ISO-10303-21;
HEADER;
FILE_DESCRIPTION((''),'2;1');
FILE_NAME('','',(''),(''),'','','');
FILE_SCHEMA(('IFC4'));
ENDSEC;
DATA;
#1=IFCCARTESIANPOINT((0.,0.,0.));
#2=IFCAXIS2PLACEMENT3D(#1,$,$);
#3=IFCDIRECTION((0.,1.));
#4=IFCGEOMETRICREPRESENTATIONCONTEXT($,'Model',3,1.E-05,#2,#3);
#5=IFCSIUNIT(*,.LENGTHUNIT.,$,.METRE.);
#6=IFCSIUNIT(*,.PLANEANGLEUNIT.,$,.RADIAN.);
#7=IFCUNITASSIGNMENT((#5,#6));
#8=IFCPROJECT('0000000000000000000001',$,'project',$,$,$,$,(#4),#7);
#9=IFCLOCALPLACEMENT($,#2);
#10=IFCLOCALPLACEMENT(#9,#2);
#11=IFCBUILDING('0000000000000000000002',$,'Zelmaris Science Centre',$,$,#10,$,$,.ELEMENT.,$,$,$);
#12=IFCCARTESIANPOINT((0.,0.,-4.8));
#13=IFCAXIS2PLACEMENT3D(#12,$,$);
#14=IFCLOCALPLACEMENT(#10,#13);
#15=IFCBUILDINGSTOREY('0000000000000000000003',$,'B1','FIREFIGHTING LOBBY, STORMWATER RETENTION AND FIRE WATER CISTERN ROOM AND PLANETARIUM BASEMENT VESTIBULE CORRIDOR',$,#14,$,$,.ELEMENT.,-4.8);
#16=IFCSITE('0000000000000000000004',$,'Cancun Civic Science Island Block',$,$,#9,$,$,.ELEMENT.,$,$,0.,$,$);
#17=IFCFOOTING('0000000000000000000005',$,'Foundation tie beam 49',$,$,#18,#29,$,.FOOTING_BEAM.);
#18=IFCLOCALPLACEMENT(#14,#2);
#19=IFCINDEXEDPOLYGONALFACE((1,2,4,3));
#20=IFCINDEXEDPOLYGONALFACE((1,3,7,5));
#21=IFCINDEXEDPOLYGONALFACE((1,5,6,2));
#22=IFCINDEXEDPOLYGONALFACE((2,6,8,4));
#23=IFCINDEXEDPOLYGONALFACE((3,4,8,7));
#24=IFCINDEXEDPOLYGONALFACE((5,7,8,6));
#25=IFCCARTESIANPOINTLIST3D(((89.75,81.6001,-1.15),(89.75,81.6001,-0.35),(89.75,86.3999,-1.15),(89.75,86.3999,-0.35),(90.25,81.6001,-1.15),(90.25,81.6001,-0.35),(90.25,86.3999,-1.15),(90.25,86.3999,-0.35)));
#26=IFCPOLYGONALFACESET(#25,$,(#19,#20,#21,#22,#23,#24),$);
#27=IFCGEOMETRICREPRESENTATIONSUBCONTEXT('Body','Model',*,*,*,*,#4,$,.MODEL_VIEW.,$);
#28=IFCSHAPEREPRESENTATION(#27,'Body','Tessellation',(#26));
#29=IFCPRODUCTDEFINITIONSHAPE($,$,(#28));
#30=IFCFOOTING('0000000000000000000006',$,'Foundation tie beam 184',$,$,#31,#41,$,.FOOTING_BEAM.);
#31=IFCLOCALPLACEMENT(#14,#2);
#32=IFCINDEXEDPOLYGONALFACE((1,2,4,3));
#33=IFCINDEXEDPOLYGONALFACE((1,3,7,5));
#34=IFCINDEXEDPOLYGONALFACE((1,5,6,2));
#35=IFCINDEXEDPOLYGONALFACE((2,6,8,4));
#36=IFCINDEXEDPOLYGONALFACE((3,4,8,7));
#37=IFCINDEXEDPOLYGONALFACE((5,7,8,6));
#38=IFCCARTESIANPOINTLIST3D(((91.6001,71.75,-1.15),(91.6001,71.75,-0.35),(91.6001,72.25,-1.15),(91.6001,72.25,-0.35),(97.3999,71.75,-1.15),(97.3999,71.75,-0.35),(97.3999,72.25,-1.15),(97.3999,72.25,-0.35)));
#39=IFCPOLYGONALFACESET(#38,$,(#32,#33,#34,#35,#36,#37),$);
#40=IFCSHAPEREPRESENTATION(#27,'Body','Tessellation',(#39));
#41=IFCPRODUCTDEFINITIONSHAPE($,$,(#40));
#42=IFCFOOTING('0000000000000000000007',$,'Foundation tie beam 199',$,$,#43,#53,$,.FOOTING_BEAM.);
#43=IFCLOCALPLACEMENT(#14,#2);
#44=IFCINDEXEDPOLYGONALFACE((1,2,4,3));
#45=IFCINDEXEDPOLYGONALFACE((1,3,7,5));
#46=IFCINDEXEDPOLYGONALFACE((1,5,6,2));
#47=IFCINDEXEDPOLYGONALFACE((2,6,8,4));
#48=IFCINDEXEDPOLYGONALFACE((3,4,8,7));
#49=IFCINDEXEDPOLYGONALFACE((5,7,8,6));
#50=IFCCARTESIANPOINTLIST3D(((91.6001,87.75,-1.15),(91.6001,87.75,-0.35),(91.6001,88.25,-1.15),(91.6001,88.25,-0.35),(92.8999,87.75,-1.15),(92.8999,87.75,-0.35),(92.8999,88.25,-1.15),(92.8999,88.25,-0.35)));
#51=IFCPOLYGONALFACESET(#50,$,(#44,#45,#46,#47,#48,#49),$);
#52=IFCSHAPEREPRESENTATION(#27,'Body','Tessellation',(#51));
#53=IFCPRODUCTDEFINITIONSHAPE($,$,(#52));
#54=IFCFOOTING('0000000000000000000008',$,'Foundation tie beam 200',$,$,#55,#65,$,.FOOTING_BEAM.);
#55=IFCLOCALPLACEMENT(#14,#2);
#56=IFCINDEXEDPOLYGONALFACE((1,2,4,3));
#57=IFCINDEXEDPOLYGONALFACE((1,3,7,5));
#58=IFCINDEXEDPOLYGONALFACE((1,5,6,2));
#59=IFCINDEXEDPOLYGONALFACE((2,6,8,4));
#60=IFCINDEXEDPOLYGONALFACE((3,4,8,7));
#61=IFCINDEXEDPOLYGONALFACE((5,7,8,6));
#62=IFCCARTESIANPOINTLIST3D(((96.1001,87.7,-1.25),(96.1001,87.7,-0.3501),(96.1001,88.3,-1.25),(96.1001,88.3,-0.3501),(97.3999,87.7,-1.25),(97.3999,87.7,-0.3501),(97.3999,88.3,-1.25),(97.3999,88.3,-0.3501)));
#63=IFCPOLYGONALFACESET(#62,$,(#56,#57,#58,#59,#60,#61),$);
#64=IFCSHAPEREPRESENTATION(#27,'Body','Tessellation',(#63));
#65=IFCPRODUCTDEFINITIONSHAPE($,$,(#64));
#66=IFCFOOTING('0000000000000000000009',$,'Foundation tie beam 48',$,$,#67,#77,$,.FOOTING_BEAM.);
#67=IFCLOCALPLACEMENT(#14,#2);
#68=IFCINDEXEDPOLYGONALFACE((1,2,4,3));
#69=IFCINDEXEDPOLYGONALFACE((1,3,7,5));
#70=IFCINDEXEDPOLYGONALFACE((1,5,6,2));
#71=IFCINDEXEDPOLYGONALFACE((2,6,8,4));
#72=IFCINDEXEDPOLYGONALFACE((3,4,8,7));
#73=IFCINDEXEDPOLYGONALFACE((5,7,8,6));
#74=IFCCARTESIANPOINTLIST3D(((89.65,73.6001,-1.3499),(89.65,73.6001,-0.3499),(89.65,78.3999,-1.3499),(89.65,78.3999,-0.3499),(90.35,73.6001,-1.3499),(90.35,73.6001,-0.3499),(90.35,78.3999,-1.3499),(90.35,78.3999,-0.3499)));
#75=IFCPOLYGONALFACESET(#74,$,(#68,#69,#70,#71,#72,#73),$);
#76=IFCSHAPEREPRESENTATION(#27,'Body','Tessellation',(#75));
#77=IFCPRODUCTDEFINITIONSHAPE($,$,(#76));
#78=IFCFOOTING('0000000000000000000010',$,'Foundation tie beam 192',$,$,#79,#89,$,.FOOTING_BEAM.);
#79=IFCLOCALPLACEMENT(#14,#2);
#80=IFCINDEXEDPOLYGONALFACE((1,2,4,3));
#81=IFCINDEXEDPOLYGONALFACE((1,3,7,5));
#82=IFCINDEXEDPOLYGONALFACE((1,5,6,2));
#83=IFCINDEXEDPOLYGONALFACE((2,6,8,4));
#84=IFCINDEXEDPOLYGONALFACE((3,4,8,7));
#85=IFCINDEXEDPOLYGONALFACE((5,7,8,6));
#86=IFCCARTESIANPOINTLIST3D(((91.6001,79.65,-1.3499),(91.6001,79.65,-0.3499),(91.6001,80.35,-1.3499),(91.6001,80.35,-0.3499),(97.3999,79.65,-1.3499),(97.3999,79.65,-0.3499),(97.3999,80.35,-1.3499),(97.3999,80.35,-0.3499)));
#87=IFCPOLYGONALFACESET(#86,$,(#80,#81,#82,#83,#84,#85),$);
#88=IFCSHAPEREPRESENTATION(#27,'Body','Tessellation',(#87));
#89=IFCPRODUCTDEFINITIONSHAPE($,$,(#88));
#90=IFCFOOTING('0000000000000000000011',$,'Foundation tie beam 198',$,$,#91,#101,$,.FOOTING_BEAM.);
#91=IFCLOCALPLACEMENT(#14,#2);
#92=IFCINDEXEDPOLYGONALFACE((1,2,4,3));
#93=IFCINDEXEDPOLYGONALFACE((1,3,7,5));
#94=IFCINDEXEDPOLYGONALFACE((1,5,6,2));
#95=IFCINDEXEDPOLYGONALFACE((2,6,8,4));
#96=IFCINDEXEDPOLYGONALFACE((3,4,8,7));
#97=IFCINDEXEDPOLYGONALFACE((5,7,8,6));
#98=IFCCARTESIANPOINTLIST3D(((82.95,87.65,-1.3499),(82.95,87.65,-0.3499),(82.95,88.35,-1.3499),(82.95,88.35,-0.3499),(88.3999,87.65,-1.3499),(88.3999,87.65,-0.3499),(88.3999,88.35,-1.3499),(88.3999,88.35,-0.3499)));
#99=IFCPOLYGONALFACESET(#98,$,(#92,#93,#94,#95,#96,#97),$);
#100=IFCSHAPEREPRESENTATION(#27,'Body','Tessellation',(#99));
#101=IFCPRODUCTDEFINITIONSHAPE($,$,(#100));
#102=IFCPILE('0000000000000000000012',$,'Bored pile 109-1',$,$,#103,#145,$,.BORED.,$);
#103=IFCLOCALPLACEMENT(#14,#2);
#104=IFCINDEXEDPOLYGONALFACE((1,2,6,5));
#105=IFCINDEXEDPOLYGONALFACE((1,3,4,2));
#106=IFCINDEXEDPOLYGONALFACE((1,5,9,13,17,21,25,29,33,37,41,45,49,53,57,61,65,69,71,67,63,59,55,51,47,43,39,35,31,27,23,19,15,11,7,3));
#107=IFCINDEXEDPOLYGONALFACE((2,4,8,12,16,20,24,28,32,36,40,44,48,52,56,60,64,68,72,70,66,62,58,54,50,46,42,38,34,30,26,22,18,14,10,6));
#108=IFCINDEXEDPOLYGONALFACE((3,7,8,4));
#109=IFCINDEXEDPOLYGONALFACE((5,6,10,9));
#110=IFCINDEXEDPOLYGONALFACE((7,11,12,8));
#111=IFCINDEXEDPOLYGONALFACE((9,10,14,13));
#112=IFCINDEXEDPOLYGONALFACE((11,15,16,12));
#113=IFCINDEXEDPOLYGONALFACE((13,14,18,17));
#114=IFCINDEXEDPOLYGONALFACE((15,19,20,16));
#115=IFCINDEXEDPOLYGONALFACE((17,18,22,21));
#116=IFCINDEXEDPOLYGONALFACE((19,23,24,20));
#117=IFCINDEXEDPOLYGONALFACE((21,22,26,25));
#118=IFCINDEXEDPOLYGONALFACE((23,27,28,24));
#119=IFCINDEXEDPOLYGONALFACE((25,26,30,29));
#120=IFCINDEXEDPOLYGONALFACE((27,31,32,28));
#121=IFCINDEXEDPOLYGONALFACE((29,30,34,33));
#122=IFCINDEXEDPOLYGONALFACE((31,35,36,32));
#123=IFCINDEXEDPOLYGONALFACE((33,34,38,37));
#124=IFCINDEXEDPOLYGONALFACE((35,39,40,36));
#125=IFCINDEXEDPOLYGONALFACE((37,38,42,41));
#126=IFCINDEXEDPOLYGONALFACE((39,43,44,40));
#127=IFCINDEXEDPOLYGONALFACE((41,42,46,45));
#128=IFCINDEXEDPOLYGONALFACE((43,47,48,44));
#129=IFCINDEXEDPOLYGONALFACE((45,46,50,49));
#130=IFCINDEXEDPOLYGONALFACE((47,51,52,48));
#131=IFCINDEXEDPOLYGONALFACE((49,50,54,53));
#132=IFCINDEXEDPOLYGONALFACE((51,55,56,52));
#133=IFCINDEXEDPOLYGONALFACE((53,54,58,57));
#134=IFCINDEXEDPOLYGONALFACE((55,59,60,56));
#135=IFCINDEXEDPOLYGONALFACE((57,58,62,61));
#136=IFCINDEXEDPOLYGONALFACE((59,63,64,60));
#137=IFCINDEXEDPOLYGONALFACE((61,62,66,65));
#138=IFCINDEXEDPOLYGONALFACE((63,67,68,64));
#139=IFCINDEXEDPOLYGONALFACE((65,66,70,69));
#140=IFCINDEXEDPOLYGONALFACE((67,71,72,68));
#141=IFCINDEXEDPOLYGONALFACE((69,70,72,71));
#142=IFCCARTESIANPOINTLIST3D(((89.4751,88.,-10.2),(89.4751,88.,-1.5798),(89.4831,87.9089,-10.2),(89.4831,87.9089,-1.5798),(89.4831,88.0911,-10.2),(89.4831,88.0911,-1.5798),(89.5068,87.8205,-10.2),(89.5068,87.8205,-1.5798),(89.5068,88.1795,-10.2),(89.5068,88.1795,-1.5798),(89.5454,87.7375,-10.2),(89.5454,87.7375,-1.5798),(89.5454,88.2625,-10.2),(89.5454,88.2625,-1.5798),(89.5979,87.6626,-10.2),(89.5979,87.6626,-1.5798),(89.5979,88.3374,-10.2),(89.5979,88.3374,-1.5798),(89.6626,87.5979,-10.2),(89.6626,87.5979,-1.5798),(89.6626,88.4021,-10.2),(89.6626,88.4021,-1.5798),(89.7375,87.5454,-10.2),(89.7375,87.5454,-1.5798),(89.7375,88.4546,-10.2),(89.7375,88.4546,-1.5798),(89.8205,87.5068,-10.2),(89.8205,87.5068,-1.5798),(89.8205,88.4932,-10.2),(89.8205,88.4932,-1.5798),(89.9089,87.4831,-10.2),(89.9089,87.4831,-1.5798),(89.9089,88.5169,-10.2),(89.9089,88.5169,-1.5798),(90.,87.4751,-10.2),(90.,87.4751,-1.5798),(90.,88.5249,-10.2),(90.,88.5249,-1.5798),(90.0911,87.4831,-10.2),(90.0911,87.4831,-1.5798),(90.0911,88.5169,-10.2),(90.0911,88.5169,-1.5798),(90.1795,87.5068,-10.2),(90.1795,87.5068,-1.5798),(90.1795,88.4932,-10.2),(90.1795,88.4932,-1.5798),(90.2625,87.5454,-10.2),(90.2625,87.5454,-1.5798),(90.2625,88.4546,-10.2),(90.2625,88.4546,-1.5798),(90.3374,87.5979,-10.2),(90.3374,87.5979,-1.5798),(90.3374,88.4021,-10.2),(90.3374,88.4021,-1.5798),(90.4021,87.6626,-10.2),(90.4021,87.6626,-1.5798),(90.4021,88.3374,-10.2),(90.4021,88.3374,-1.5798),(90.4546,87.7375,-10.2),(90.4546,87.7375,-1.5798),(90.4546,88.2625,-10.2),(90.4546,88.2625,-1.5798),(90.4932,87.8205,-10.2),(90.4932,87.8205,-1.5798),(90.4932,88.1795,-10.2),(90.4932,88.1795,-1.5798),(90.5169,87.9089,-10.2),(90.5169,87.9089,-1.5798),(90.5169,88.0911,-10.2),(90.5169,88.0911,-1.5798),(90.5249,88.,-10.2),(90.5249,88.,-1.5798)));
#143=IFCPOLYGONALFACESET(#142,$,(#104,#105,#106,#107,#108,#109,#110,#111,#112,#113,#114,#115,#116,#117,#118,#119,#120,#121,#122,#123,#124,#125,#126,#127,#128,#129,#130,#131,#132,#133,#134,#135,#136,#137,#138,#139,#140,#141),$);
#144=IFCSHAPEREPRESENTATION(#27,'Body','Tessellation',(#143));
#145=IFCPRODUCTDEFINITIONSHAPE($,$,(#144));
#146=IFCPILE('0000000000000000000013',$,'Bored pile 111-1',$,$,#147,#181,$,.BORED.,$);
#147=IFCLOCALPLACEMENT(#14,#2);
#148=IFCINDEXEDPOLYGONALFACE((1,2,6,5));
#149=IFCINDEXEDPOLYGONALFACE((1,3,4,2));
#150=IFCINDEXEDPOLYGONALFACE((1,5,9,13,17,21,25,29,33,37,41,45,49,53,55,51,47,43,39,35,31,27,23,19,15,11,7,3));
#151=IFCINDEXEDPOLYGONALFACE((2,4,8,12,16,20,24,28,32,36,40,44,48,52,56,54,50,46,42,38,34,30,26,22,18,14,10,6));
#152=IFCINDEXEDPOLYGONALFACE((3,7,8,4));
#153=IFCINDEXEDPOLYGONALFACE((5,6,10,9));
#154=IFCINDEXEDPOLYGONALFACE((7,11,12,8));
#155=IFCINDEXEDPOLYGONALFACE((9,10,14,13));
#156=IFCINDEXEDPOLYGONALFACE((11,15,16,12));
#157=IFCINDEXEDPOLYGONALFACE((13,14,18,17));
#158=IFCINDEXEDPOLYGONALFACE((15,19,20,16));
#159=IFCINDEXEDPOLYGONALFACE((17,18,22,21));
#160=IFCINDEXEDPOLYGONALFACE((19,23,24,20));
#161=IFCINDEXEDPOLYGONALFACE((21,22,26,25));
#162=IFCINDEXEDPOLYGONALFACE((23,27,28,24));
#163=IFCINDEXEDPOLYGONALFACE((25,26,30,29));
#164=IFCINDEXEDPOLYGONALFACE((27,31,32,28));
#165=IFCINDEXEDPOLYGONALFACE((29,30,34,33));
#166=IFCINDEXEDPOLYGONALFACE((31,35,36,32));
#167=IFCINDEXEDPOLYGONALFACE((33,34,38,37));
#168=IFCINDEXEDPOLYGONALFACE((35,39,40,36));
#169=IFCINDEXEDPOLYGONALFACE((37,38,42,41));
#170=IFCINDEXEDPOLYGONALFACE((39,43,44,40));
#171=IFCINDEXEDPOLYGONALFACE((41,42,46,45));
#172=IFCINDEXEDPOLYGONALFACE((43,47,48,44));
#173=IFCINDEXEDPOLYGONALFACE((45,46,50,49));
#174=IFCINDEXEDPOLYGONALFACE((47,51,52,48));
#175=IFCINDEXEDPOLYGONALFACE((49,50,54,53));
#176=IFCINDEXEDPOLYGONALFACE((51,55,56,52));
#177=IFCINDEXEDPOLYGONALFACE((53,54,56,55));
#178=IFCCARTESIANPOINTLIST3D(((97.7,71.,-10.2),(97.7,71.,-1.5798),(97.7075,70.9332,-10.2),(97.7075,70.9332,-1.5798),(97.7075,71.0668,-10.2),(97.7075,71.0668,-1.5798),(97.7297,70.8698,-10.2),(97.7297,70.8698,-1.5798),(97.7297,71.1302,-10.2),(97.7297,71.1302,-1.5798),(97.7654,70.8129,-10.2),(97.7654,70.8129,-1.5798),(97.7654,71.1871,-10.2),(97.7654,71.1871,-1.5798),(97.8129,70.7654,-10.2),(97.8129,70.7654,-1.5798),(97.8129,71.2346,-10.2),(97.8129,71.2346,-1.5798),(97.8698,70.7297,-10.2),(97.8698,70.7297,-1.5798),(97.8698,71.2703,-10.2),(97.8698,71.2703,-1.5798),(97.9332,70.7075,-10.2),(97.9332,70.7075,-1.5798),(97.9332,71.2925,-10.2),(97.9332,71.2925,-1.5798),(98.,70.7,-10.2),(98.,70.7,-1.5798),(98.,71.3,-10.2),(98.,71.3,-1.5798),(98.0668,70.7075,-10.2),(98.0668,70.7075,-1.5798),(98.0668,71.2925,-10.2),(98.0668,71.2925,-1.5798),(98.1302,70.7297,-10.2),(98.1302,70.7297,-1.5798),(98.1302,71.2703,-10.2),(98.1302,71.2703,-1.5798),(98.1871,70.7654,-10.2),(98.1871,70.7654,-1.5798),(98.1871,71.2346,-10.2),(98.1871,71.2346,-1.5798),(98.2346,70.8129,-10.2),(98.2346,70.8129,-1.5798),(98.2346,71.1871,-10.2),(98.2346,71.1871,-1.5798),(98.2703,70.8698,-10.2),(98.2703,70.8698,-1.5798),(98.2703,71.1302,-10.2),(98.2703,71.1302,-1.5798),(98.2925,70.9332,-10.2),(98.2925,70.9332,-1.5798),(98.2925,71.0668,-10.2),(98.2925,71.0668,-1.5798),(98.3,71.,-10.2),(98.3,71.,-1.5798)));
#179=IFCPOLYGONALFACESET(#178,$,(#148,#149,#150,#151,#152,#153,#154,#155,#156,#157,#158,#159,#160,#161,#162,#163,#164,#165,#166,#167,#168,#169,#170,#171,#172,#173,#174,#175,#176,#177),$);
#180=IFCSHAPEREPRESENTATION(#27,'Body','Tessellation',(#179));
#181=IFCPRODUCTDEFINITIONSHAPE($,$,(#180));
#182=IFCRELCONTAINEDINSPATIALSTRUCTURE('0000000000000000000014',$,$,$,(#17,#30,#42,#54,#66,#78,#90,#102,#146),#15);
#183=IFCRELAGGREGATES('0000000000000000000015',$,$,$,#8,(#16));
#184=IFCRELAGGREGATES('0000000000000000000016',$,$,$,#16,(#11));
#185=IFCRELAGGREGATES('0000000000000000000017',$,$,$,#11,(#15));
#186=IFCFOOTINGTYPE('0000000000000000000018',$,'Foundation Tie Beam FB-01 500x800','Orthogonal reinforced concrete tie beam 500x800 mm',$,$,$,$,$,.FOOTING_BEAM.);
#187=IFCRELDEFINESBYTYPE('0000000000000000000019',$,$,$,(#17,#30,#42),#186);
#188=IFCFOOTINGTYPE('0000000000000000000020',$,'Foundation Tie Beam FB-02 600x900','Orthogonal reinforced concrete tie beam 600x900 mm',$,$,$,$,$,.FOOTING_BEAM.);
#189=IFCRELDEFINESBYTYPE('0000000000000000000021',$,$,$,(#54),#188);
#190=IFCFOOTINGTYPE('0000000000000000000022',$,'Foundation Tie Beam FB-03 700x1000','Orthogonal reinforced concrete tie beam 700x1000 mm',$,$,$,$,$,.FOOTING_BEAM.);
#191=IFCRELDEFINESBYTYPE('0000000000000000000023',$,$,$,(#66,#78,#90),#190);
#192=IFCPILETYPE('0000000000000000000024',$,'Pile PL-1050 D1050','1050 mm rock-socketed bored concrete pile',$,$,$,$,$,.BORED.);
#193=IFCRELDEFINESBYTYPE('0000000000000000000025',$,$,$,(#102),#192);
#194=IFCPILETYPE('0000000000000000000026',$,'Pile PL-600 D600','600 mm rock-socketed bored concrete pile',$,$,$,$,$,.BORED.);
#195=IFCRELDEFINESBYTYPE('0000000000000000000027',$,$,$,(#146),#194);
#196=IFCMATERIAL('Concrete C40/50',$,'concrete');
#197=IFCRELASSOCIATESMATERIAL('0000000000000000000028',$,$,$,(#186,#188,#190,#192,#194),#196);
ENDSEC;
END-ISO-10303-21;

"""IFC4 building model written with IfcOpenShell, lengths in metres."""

from ifc_helpers import new_model, si_unit, direction, frame, origin, origin_2d, place, context, subcontext, project, spatial, rectangle, circle, extrude, material, material_profile, profile_set, type_object, element, save


model = new_model("IFC4")

# Units and contexts
model_context = context("Model", 3, precision=1e-05, world=origin(), true_north=direction((0.0, 1.0)))
body_context = subcontext(model_context, "Body", "Model", "MODEL_VIEW")
ifc_project = project(units=[si_unit("LENGTHUNIT", "METRE"), si_unit("PLANEANGLEUNIT", "RADIAN")], contexts=[model_context])

# Site, building, storey
site_placement = place(None, origin())
site = spatial("IfcSite", under=ifc_project, at=site_placement, Name="Cancun Civic Science Island Block", CompositionType="ELEMENT", RefElevation=0.0)
building_placement = place(site_placement, origin())
building = spatial("IfcBuilding", under=site, at=building_placement, Name="Zelmaris Science Centre", CompositionType="ELEMENT")
storey_placement = place(building_placement, frame((0.0, 0.0, -4.8)))
storey = spatial("IfcBuildingStorey", under=building, at=storey_placement, Name="B1", Description="FIREFIGHTING LOBBY, STORMWATER RETENTION AND FIRE WATER CISTERN ROOM AND PLANETARIUM BASEMENT VESTIBULE CORRIDOR", CompositionType="ELEMENT", Elevation=-4.8)

# Footings
ifc_material_1 = material(Name="Concrete C40/50", Category="concrete")
ifc_material_profile_1 = material_profile(ifc_material_1, rectangle(XDim=0.5, YDim=0.8, at=origin_2d()), Name="FB-500X800")
ifc_profile_set_1 = profile_set([ifc_material_profile_1], Name="Concrete C40/50")
footing_type_1 = type_object("IfcFootingType", Name="Foundation Tie Beam FB-01 500x800", Description="Orthogonal reinforced concrete tie beam 500x800 mm", PredefinedType="FOOTING_BEAM", material=ifc_profile_set_1)
footing_1_placement = place(storey_placement, frame((90.0, 81.6001, -0.75), z_axis=(0.0, 1.0, 0.0), x_axis=(-1.0, 0.0, 0.0)))
element("IfcFooting", 1, at=footing_1_placement, inside=storey, type_object=footing_type_1, Name="Foundation tie beam 49", PredefinedType="FOOTING_BEAM", context=body_context, shape_type="SweptSolid", body=[
    extrude(rectangle(XDim=0.5, YDim=0.8, at=origin_2d()), origin(), (0.0, 0.0, 1.0), 4.7998),
])
footing_2_placement = place(storey_placement, frame((91.6001, 72.0, -0.75), z_axis=(1.0, 0.0, 0.0), x_axis=(0.0, 1.0, 0.0)))
element("IfcFooting", 2, at=footing_2_placement, inside=storey, type_object=footing_type_1, Name="Foundation tie beam 184", PredefinedType="FOOTING_BEAM", context=body_context, shape_type="SweptSolid", body=[
    extrude(rectangle(XDim=0.5, YDim=0.8, at=origin_2d()), origin(), (0.0, 0.0, 1.0), 5.7998),
])
footing_3_placement = place(storey_placement, frame((91.6001, 88.0, -0.75), z_axis=(1.0, 0.0, 0.0), x_axis=(0.0, 1.0, 0.0)))
element("IfcFooting", 3, at=footing_3_placement, inside=storey, type_object=footing_type_1, Name="Foundation tie beam 199", PredefinedType="FOOTING_BEAM", context=body_context, shape_type="SweptSolid", body=[
    extrude(rectangle(XDim=0.5, YDim=0.8, at=origin_2d()), origin(), (0.0, 0.0, 1.0), 1.2998),
])
ifc_material_profile_2 = material_profile(ifc_material_1, rectangle(XDim=0.6001, YDim=0.8999, at=origin_2d()), Name="FB-600X900")
ifc_profile_set_2 = profile_set([ifc_material_profile_2], Name="Concrete C40/50")
footing_type_2 = type_object("IfcFootingType", Name="Foundation Tie Beam FB-02 600x900", Description="Orthogonal reinforced concrete tie beam 600x900 mm", PredefinedType="FOOTING_BEAM", material=ifc_profile_set_2)
footing_4_placement = place(storey_placement, frame((96.1001, 88.0, -0.8), z_axis=(1.0, 0.0, 0.0), x_axis=(0.0, 1.0, 0.0)))
element("IfcFooting", 4, at=footing_4_placement, inside=storey, type_object=footing_type_2, Name="Foundation tie beam 200", PredefinedType="FOOTING_BEAM", context=body_context, shape_type="SweptSolid", body=[
    extrude(rectangle(XDim=0.6001, YDim=0.8999, at=origin_2d()), origin(), (0.0, 0.0, 1.0), 1.2998),
])
ifc_material_profile_3 = material_profile(ifc_material_1, rectangle(XDim=0.7, YDim=1.0, at=origin_2d()), Name="FB-700X1000")
ifc_profile_set_3 = profile_set([ifc_material_profile_3], Name="Concrete C40/50")
footing_type_3 = type_object("IfcFootingType", Name="Foundation Tie Beam FB-03 700x1000", Description="Orthogonal reinforced concrete tie beam 700x1000 mm", PredefinedType="FOOTING_BEAM", material=ifc_profile_set_3)
footing_5_placement = place(storey_placement, frame((90.0, 73.6001, -0.8499), z_axis=(0.0, 1.0, 0.0), x_axis=(-1.0, 0.0, 0.0)))
element("IfcFooting", 5, at=footing_5_placement, inside=storey, type_object=footing_type_3, Name="Foundation tie beam 48", PredefinedType="FOOTING_BEAM", context=body_context, shape_type="SweptSolid", body=[
    extrude(rectangle(XDim=0.7, YDim=1.0, at=origin_2d()), origin(), (0.0, 0.0, 1.0), 4.7998),
])
footing_6_placement = place(storey_placement, frame((91.6001, 80.0, -0.8499), z_axis=(1.0, 0.0, 0.0), x_axis=(0.0, 1.0, 0.0)))
element("IfcFooting", 6, at=footing_6_placement, inside=storey, type_object=footing_type_3, Name="Foundation tie beam 192", PredefinedType="FOOTING_BEAM", context=body_context, shape_type="SweptSolid", body=[
    extrude(rectangle(XDim=0.7, YDim=1.0, at=origin_2d()), origin(), (0.0, 0.0, 1.0), 5.7998),
])
footing_7_placement = place(storey_placement, frame((82.95, 88.0, -0.8499), z_axis=(1.0, 0.0, 0.0), x_axis=(0.0, 1.0, 0.0)))
element("IfcFooting", 7, at=footing_7_placement, inside=storey, type_object=footing_type_3, Name="Foundation tie beam 198", PredefinedType="FOOTING_BEAM", context=body_context, shape_type="SweptSolid", body=[
    extrude(rectangle(XDim=0.7, YDim=1.0, at=origin_2d()), origin(), (0.0, 0.0, 1.0), 5.45),
])

# Piles
ifc_material_profile_4 = material_profile(ifc_material_1, circle(Radius=0.5249, at=origin_2d()), Name="PILE-1050")
ifc_profile_set_4 = profile_set([ifc_material_profile_4], Name="Concrete C40/50")
pile_type_1 = type_object("IfcPileType", Name="Pile PL-1050 D1050", Description="1050 mm rock-socketed bored concrete pile", PredefinedType="BORED", material=ifc_profile_set_4)
pile_1_placement = place(storey_placement, frame((90.0, 88.0, -1.5798), z_axis=(0.0, 0.0, -1.0), x_axis=(1.0, 0.0, 0.0)))
element("IfcPile", 8, at=pile_1_placement, inside=storey, type_object=pile_type_1, Name="Bored pile 109-1", PredefinedType="BORED", context=body_context, shape_type="SweptSolid", body=[
    extrude(circle(Radius=0.5249, at=origin_2d()), origin(), (0.0, 0.0, 1.0), 8.6201),
])
ifc_material_profile_5 = material_profile(ifc_material_1, circle(Radius=0.3, at=origin_2d()), Name="PILE-600")
ifc_profile_set_5 = profile_set([ifc_material_profile_5], Name="Concrete C40/50")
pile_type_2 = type_object("IfcPileType", Name="Pile PL-600 D600", Description="600 mm rock-socketed bored concrete pile", PredefinedType="BORED", material=ifc_profile_set_5)
for number, where, z_axis, x_axis, name in (
    (9, (98.0, 71.0, -1.5798), (0.0, 0.0, -1.0), (1.0, 0.0, 0.0), "Bored pile 111-1"),
):
    element("IfcPile", number, at=place(storey_placement, frame(where, z_axis=z_axis, x_axis=x_axis)), inside=storey, type_object=pile_type_2, Name=name, PredefinedType="BORED", context=body_context, shape_type="SweptSolid", body=[
        extrude(circle(Radius=0.3, at=origin_2d()), origin(), (0.0, 0.0, 1.0), 8.6201),
    ])

save(model, "model.ifc")
